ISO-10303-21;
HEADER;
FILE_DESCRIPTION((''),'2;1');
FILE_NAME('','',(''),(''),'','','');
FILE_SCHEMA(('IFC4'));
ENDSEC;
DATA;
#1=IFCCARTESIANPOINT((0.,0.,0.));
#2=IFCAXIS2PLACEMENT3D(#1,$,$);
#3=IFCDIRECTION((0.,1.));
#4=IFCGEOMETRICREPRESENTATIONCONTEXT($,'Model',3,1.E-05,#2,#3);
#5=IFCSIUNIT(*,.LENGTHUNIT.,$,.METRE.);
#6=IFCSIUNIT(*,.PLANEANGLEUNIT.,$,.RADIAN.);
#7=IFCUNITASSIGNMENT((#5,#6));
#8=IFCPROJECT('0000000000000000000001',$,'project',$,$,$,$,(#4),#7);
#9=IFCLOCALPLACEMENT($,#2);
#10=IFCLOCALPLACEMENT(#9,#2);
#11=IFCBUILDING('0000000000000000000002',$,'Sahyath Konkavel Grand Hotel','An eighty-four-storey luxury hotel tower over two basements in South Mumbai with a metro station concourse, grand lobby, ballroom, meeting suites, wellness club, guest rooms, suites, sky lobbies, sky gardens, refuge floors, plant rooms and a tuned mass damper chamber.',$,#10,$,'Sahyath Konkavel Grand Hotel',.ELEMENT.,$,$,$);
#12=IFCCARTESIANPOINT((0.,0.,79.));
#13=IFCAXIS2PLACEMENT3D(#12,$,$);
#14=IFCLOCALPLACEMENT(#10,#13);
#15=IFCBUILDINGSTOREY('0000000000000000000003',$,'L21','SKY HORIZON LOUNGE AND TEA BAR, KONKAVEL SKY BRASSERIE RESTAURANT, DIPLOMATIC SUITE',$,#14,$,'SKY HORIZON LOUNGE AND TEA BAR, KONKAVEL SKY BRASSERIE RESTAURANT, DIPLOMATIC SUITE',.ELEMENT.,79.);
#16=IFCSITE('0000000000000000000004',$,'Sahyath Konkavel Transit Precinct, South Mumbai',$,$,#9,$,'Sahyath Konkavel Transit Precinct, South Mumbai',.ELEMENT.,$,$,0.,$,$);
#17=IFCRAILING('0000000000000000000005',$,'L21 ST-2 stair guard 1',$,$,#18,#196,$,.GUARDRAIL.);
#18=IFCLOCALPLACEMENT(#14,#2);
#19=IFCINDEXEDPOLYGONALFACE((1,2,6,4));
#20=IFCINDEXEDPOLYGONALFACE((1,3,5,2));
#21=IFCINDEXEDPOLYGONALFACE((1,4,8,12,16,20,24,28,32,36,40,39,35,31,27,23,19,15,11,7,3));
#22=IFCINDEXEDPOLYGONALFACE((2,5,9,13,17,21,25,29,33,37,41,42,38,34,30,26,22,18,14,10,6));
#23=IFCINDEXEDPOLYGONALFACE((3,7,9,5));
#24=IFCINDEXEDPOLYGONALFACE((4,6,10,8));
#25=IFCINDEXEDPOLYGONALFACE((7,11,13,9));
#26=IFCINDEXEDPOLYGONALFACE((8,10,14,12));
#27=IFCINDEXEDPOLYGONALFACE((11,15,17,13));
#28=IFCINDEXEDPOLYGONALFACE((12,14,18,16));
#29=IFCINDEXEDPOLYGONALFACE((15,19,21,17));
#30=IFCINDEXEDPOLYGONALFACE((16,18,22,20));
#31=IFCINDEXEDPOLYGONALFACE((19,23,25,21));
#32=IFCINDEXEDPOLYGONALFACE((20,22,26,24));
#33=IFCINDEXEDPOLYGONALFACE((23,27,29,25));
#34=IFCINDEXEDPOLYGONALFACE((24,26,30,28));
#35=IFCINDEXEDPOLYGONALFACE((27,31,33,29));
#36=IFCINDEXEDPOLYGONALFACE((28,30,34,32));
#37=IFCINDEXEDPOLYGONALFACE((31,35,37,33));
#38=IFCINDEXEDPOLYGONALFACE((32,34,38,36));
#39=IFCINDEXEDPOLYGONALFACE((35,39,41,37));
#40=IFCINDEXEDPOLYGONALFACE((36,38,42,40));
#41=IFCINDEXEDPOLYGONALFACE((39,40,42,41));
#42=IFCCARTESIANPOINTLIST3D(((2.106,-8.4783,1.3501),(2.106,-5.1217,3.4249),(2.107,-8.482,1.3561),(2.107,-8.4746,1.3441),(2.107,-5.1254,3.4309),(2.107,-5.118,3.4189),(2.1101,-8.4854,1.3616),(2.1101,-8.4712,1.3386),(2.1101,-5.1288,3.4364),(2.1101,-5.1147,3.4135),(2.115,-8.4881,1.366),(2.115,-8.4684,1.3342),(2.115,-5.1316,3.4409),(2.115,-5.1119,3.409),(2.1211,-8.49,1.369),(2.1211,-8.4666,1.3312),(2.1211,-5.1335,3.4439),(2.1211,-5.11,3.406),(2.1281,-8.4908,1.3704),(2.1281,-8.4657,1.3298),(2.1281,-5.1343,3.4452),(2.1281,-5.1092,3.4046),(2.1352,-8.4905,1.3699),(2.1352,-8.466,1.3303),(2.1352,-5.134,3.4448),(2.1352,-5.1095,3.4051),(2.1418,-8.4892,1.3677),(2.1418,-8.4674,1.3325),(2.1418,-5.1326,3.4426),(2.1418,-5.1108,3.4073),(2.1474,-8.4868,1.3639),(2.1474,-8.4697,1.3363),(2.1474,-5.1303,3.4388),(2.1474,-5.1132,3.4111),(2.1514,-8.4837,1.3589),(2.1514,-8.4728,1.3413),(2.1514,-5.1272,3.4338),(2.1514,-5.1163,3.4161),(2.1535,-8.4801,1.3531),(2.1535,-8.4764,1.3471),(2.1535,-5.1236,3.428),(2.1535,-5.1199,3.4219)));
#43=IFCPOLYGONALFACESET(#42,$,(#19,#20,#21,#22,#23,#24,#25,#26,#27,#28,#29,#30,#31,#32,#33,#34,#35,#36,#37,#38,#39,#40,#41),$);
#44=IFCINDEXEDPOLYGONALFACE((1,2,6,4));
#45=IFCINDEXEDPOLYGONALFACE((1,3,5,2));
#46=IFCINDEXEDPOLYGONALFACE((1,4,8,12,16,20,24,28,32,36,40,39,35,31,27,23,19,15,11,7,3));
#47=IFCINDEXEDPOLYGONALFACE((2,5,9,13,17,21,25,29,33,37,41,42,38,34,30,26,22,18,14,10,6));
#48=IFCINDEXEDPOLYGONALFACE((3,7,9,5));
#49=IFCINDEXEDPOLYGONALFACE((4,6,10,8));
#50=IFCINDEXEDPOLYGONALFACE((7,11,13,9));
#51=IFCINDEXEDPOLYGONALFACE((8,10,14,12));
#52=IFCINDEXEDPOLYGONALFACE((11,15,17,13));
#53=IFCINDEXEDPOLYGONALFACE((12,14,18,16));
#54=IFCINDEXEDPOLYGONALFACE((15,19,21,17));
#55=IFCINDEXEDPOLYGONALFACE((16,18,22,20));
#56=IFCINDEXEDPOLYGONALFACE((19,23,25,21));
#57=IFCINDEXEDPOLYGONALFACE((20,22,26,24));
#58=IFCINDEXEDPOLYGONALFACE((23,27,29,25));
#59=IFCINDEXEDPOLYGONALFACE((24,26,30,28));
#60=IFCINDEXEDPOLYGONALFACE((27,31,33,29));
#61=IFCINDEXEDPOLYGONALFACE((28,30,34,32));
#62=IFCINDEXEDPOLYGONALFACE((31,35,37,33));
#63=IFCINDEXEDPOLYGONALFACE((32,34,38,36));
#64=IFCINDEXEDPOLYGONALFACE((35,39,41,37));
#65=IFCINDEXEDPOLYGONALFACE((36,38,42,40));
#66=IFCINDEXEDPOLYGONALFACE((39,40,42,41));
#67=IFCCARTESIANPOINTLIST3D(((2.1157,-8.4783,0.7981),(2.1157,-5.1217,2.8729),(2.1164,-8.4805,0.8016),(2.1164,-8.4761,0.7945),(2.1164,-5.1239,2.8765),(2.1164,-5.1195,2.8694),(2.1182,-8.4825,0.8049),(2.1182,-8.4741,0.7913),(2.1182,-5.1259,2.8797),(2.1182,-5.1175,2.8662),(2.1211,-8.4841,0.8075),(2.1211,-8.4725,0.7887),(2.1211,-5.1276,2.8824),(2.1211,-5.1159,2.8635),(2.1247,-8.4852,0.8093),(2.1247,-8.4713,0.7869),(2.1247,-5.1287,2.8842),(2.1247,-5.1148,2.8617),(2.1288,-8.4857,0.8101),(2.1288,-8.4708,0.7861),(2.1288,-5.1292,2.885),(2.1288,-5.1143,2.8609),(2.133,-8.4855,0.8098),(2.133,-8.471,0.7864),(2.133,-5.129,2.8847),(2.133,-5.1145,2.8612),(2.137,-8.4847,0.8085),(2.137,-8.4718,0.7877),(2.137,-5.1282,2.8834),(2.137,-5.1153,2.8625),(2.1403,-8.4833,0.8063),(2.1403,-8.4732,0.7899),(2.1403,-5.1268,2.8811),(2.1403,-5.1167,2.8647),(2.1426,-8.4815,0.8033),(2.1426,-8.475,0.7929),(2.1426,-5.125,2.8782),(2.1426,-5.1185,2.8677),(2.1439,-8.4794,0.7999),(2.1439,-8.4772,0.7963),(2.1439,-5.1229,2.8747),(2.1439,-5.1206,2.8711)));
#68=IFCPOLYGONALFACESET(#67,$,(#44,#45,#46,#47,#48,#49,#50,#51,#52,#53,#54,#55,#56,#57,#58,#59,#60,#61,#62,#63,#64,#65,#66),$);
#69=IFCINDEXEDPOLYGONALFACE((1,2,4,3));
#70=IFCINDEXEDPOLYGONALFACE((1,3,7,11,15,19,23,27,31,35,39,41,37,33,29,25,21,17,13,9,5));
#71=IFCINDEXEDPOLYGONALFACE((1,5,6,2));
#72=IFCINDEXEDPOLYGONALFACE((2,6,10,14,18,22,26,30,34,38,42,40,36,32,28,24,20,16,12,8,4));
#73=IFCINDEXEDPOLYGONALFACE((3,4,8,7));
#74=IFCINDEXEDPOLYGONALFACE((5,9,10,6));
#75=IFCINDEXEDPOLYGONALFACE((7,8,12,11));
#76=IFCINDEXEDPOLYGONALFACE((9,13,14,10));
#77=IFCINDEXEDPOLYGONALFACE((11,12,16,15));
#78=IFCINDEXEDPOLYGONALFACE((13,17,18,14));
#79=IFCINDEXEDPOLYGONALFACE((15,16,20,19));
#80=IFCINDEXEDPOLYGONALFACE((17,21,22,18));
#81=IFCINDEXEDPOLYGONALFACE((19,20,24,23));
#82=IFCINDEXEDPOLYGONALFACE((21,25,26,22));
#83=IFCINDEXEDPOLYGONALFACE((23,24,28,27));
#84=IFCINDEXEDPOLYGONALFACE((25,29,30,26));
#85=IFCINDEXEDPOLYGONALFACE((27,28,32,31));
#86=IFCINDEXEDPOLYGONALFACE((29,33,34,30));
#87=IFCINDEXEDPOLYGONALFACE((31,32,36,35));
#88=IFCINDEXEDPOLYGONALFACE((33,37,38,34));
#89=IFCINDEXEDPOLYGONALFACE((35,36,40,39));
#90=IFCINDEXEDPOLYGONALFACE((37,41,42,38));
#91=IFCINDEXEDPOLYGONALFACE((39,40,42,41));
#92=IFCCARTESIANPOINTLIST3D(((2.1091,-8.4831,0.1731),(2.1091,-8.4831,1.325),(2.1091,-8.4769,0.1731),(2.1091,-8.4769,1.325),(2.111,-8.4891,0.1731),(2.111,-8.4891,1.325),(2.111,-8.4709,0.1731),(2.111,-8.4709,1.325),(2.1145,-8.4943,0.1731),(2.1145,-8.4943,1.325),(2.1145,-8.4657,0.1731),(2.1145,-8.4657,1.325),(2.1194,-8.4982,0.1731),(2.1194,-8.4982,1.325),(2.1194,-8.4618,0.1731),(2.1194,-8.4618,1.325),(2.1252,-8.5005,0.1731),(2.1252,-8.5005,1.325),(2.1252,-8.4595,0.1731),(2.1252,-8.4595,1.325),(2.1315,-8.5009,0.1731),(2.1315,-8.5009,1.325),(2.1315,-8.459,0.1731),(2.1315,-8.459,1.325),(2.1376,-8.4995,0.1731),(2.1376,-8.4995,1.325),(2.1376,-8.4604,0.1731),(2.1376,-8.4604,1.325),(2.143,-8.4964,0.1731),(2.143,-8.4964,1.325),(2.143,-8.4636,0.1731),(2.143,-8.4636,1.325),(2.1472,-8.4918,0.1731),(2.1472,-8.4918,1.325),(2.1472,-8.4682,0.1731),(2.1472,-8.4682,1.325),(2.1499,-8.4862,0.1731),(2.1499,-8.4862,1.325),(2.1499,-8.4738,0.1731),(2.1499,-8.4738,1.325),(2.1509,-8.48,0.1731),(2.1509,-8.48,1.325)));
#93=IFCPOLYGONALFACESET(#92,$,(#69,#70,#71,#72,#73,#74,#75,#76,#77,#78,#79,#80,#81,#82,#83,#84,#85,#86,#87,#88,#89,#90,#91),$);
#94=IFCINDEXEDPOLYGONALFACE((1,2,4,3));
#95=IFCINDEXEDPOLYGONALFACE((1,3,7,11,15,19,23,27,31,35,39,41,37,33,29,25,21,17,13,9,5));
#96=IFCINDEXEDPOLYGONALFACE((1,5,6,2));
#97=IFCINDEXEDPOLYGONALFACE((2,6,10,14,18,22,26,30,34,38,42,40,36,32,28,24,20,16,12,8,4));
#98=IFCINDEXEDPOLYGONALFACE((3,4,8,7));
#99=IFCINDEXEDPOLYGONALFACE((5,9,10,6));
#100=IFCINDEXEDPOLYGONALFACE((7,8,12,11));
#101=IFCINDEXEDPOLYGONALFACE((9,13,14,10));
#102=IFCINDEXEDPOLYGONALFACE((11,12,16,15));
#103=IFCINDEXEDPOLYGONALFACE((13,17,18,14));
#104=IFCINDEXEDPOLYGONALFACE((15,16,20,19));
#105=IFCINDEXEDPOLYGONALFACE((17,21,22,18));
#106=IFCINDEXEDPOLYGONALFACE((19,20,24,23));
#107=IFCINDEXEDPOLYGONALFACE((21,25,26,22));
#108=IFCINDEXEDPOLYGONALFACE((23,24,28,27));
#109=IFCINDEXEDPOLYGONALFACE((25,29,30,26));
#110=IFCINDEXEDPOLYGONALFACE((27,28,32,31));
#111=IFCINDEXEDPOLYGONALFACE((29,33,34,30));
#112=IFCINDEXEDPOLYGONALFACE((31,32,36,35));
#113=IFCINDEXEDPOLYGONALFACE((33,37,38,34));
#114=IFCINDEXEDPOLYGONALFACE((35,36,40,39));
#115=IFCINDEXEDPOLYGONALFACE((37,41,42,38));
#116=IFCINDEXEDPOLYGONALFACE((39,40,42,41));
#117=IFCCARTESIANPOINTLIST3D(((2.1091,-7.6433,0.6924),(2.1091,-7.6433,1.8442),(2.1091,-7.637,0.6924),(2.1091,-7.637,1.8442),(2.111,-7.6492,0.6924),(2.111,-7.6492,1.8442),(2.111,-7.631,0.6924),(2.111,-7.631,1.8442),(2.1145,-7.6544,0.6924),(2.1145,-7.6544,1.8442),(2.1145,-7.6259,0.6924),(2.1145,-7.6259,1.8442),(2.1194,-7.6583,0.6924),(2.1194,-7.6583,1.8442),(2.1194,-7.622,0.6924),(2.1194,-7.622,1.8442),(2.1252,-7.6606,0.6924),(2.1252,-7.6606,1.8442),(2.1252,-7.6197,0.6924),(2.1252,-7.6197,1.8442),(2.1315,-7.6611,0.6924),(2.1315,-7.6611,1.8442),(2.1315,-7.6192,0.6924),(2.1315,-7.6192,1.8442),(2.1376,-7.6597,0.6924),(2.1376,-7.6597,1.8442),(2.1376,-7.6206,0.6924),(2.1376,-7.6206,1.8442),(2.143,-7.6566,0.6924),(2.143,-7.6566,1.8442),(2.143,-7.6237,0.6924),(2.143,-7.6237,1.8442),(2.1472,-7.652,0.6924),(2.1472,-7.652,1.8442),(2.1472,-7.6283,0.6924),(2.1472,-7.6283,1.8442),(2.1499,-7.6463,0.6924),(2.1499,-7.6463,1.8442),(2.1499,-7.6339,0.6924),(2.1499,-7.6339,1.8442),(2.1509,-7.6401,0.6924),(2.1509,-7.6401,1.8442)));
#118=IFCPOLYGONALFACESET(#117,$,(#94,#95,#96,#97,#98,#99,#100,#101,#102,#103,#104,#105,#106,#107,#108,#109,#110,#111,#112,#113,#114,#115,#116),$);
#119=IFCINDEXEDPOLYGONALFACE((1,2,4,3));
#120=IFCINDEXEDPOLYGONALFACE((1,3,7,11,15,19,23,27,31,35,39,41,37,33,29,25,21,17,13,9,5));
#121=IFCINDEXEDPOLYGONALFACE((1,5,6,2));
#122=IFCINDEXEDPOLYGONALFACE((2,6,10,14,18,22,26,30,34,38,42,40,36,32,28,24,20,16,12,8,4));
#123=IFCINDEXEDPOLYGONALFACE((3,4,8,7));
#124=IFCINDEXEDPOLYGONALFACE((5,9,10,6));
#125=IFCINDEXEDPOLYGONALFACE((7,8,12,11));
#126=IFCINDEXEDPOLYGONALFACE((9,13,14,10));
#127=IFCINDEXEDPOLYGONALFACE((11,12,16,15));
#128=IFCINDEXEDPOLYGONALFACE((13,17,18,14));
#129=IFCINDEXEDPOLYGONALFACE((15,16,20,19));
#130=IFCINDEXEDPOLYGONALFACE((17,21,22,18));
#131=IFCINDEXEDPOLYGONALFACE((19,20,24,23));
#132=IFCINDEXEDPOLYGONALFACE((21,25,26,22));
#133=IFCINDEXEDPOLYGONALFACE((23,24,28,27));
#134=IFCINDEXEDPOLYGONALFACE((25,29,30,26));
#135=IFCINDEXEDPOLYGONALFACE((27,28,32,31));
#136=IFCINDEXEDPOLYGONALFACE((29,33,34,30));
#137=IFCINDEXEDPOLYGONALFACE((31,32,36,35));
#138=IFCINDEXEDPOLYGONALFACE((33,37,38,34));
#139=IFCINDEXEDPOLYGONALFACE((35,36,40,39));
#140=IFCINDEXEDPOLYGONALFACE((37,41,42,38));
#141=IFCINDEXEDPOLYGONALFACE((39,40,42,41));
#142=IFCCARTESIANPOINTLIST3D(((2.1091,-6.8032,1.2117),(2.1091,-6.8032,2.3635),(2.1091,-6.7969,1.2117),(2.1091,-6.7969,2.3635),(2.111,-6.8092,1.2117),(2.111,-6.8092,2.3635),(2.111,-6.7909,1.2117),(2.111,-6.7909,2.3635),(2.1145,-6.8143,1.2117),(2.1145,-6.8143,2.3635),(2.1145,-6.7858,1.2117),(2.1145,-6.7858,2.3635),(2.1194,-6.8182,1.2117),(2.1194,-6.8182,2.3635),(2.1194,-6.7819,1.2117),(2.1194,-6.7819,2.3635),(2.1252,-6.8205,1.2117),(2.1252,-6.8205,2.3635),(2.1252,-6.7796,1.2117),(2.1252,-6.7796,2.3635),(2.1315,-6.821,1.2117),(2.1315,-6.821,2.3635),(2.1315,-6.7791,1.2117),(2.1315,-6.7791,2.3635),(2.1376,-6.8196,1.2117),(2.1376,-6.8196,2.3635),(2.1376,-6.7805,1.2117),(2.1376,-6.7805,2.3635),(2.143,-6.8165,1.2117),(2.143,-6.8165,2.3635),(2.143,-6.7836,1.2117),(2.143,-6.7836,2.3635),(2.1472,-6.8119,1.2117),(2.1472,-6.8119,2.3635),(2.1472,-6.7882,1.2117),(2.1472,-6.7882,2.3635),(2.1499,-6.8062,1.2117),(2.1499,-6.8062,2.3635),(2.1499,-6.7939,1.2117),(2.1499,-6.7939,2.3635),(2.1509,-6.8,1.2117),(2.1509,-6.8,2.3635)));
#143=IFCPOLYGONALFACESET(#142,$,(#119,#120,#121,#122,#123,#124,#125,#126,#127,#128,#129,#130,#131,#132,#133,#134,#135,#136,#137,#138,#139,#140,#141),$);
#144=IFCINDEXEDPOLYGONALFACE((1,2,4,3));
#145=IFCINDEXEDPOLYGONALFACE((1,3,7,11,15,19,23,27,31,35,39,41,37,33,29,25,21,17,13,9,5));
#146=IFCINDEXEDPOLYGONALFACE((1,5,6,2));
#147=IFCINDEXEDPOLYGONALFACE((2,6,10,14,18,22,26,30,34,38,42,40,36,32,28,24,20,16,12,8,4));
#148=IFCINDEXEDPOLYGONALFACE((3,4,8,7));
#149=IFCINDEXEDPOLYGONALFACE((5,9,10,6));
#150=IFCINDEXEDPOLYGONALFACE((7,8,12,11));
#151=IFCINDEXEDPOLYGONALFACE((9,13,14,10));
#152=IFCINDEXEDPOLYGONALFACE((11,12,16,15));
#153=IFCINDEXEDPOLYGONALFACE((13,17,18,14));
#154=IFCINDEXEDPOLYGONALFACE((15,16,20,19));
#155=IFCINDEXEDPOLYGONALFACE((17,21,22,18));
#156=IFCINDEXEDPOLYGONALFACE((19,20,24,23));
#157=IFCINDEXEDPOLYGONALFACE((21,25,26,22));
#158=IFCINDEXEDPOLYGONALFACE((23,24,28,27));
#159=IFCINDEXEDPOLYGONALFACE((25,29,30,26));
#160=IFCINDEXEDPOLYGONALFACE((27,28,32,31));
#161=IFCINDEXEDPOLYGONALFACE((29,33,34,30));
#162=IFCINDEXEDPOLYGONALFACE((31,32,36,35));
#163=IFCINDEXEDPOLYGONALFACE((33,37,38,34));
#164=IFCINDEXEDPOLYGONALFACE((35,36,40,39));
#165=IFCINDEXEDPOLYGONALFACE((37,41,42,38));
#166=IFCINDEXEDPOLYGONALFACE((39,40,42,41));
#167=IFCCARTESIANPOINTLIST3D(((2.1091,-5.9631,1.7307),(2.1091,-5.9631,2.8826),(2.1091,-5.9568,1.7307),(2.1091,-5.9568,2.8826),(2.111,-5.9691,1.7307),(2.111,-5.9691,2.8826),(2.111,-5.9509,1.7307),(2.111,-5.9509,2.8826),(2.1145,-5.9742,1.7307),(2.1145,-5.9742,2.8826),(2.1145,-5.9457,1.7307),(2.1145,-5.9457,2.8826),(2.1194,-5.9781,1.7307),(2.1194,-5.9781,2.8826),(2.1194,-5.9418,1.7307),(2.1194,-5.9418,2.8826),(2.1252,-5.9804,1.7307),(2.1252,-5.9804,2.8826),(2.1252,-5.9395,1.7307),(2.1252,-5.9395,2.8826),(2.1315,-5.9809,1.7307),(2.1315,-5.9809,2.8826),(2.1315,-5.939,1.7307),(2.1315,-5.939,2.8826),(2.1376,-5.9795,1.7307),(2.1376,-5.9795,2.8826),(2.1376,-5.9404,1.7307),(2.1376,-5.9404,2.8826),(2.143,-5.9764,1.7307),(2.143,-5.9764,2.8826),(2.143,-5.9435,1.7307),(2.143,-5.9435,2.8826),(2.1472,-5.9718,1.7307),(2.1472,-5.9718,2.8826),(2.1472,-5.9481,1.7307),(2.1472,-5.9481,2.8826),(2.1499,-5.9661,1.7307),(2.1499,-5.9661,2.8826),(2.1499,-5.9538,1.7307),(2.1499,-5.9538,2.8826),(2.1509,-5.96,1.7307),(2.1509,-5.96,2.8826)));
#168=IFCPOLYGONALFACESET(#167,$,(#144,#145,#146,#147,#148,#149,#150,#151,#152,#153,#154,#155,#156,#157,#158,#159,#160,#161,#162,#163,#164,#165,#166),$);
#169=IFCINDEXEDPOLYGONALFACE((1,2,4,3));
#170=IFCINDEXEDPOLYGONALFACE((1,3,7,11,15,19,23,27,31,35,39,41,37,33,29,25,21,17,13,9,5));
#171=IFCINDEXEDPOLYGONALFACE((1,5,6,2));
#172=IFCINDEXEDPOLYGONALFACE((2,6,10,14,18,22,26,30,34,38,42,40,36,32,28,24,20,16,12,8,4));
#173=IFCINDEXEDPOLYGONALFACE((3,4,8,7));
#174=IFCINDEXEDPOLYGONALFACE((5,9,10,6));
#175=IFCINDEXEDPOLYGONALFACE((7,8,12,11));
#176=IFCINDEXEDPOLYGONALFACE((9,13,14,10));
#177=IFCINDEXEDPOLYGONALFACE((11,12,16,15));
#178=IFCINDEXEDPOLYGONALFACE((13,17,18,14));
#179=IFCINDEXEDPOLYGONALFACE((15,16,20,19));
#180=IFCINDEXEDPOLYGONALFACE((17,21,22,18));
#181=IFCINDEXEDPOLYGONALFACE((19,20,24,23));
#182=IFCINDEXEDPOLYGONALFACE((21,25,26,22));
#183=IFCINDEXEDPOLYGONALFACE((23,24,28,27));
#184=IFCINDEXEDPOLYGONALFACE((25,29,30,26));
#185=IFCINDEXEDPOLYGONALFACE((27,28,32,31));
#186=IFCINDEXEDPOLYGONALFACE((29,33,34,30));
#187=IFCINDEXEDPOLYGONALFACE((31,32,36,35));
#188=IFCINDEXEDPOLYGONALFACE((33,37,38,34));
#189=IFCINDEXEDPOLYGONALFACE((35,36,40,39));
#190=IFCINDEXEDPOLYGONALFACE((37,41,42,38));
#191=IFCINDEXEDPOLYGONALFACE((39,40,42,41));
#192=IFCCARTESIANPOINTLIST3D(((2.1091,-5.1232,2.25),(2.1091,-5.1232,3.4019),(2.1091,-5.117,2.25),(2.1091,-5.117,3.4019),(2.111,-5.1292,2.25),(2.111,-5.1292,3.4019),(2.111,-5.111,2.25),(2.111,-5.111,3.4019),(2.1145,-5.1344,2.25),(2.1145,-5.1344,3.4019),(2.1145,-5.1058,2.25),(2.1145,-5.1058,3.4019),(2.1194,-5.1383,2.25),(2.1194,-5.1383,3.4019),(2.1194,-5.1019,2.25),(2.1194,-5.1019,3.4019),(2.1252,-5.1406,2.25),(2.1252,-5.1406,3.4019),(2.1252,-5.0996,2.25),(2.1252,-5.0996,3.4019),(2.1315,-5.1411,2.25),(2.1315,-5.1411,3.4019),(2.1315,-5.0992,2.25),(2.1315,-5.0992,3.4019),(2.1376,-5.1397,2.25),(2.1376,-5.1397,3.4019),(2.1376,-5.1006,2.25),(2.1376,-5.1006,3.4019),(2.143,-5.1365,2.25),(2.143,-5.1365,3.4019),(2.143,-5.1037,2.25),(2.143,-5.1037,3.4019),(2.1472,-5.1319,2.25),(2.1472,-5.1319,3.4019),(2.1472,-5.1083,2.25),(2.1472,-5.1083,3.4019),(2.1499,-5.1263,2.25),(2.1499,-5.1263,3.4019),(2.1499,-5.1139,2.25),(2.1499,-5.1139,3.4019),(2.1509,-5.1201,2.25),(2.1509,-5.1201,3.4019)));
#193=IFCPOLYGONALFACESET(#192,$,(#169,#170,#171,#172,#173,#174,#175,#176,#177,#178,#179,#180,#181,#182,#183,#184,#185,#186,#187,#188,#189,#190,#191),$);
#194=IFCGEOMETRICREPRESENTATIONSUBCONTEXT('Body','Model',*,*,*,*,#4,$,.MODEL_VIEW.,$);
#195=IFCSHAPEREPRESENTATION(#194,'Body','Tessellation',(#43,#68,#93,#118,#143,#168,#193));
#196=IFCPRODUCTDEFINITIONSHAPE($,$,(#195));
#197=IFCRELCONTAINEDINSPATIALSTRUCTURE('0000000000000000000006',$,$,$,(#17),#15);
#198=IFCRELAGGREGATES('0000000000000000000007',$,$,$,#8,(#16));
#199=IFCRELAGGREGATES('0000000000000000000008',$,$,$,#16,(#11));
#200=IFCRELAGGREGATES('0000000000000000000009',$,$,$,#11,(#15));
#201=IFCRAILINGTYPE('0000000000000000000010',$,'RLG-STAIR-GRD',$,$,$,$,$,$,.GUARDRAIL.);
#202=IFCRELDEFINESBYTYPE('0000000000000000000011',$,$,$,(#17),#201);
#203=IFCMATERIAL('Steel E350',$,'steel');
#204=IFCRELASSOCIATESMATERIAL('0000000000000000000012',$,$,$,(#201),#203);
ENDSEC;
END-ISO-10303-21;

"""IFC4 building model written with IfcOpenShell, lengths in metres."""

from ifc_helpers import new_model, si_unit, direction, frame, origin, origin_2d, place, context, subcontext, project, spatial, circle, extrude, material, type_object, element, save


model = new_model("IFC4")

# Units and contexts
model_context = context("Model", 3, precision=1e-05, world=origin(), true_north=direction((0.0, 1.0)))
body_context = subcontext(model_context, "Body", "Model", "MODEL_VIEW")
ifc_project = project(units=[si_unit("LENGTHUNIT", "METRE"), si_unit("PLANEANGLEUNIT", "RADIAN")], contexts=[model_context])

# Site, building, storey
site_placement = place(None, origin())
site = spatial("IfcSite", under=ifc_project, at=site_placement, Name="Sahyath Konkavel Transit Precinct, South Mumbai", LongName="Sahyath Konkavel Transit Precinct, South Mumbai", CompositionType="ELEMENT", RefElevation=0.0)
building_placement = place(site_placement, origin())
building = spatial("IfcBuilding", under=site, at=building_placement, Name="Sahyath Konkavel Grand Hotel", Description="An eighty-four-storey luxury hotel tower over two basements in South Mumbai with a metro station concourse, grand lobby, ballroom, meeting suites, wellness club, guest rooms, suites, sky lobbies, sky gardens, refuge floors, plant rooms and a tuned mass damper chamber.", LongName="Sahyath Konkavel Grand Hotel", CompositionType="ELEMENT")
storey_placement = place(building_placement, frame((0.0, 0.0, 79.0)))
storey = spatial("IfcBuildingStorey", under=building, at=storey_placement, Name="L21", Description="SKY HORIZON LOUNGE AND TEA BAR, KONKAVEL SKY BRASSERIE RESTAURANT, DIPLOMATIC SUITE", LongName="SKY HORIZON LOUNGE AND TEA BAR, KONKAVEL SKY BRASSERIE RESTAURANT, DIPLOMATIC SUITE", CompositionType="ELEMENT", Elevation=79.0)

# Shared definitions
ifc_material_1 = material(Name="Steel E350", Category="steel")

# Railing
railing_type_1 = type_object("IfcRailingType", Name="RLG-STAIR-GRD", PredefinedType="GUARDRAIL", material=ifc_material_1)
railing_1_placement = place(storey_placement, frame((2.1299, -8.48, 0.1731)))
element("IfcRailing", 1, at=railing_1_placement, inside=storey, type_object=railing_type_1, Name="L21 ST-2 stair guard 1", PredefinedType="GUARDRAIL", context=body_context, shape_type="SweptSolid", body=[
    extrude(circle(Radius=0.0239, at=origin_2d()), frame((0.0, 0.0017, 1.177), z_axis=(0.0, 0.850606, 0.525803), x_axis=(-1.0, 0.0, 0.0)), (0.0, 0.0, 1.0), 3.946),
    extrude(circle(Radius=0.0142, at=origin_2d()), frame((0.0, 0.0017, 0.625), z_axis=(0.0, 0.850606, 0.525803), x_axis=(-1.0, 0.0, 0.0)), (0.0, 0.0, 1.0), 3.946),
    extrude(circle(Radius=0.021, at=origin_2d()), origin(), (0.0, 0.0, 1.0), 1.1519),
    extrude(circle(Radius=0.021, at=origin_2d()), frame((0.0, 0.8398, 0.5193)), (0.0, 0.0, 1.0), 1.1519),
    extrude(circle(Radius=0.021, at=origin_2d()), frame((0.0, 1.6799, 1.0386)), (0.0, 0.0, 1.0), 1.1519),
    extrude(circle(Radius=0.021, at=origin_2d()), frame((0.0, 2.52, 1.5576)), (0.0, 0.0, 1.0), 1.1519),
    extrude(circle(Radius=0.021, at=origin_2d()), frame((0.0, 3.3599, 2.0769)), (0.0, 0.0, 1.0), 1.1519),
])

save(model, "model.ifc")
